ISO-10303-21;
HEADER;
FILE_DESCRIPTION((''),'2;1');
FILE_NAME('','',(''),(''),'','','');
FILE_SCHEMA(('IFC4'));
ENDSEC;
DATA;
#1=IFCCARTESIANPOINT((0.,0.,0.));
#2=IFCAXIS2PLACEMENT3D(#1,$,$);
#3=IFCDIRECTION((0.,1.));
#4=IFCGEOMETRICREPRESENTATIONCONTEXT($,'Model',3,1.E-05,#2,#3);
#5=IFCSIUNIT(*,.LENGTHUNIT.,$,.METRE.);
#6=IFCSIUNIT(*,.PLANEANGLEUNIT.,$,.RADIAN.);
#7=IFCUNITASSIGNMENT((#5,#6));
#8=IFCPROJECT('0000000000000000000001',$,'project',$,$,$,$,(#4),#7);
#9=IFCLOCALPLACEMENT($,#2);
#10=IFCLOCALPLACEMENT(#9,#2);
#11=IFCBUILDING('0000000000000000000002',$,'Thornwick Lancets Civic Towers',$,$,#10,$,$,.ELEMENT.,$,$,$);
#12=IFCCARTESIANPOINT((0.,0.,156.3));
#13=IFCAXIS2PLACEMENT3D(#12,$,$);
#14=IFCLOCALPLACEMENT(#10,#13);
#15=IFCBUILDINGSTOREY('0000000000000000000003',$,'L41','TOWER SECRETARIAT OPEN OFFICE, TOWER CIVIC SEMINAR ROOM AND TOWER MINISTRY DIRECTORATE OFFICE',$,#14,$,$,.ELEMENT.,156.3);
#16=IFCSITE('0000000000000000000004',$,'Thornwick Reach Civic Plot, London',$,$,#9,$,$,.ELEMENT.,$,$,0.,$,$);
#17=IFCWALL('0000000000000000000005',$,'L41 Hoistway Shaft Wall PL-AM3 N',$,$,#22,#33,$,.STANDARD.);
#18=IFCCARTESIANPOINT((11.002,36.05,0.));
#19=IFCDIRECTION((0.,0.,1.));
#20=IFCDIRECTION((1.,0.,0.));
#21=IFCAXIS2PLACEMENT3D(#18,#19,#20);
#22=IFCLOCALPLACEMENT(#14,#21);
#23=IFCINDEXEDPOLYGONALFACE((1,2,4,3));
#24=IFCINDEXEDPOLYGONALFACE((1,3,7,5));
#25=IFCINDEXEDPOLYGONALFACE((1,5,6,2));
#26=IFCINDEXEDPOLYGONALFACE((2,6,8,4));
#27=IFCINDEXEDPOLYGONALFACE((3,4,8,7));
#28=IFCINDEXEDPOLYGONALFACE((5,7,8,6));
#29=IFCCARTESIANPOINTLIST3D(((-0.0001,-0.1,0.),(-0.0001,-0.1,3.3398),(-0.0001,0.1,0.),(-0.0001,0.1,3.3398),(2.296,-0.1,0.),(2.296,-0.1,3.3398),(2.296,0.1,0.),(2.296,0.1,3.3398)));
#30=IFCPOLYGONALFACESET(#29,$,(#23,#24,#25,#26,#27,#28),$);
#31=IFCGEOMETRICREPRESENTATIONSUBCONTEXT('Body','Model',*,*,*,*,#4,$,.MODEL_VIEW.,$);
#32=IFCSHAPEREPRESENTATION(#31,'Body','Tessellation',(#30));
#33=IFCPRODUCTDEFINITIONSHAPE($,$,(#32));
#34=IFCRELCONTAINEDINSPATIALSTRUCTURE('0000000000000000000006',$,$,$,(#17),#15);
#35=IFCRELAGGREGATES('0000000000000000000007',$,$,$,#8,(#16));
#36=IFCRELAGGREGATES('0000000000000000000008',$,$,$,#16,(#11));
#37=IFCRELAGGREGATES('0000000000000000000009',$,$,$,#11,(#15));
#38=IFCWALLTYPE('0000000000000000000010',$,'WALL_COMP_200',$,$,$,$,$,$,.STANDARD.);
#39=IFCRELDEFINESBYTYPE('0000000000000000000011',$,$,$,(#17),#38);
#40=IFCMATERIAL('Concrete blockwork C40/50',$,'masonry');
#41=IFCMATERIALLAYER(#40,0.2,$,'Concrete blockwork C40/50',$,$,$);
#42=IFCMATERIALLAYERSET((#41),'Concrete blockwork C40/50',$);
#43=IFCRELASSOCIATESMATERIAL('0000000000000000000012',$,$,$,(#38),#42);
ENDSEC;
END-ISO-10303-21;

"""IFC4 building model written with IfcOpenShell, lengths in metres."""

from ifc_helpers import new_model, si_unit, direction, frame, frame_2d, origin, place, context, subcontext, project, spatial, rectangle, extrude, material, layer, layer_set, type_object, element, save


model = new_model("IFC4")

# Units and contexts
model_context = context("Model", 3, precision=1e-05, world=origin(), true_north=direction((0.0, 1.0)))
body_context = subcontext(model_context, "Body", "Model", "MODEL_VIEW")
ifc_project = project(units=[si_unit("LENGTHUNIT", "METRE"), si_unit("PLANEANGLEUNIT", "RADIAN")], contexts=[model_context])

# Site, building, storey
site_placement = place(None, origin())
site = spatial("IfcSite", under=ifc_project, at=site_placement, Name="Thornwick Reach Civic Plot, London", CompositionType="ELEMENT", RefElevation=0.0)
building_placement = place(site_placement, origin())
building = spatial("IfcBuilding", under=site, at=building_placement, Name="Thornwick Lancets Civic Towers", CompositionType="ELEMENT")
storey_placement = place(building_placement, frame((0.0, 0.0, 156.3)))
storey = spatial("IfcBuildingStorey", under=building, at=storey_placement, Name="L41", Description="TOWER SECRETARIAT OPEN OFFICE, TOWER CIVIC SEMINAR ROOM AND TOWER MINISTRY DIRECTORATE OFFICE", CompositionType="ELEMENT", Elevation=156.3)

# Shared definitions
ifc_material_1 = material(Name="Concrete blockwork C40/50", Category="masonry")
ifc_layer_1 = layer(ifc_material_1, 0.2, Name="Concrete blockwork C40/50")
ifc_layer_set_1 = layer_set([ifc_layer_1], Name="Concrete blockwork C40/50")
wall_type_1 = type_object("IfcWallType", Name="WALL_COMP_200", PredefinedType="STANDARD", material=ifc_layer_set_1)

# Wall
wall_1_placement = place(storey_placement, frame((11.002, 36.05, 0.0), z_axis=(0.0, 0.0, 1.0), x_axis=(1.0, 0.0, 0.0)))
element("IfcWall", 1, at=wall_1_placement, inside=storey, type_object=wall_type_1, Name="L41 Hoistway Shaft Wall PL-AM3 N", PredefinedType="STANDARD", context=body_context, shape_type="SweptSolid", body=[
    extrude(rectangle(XDim=2.2961, YDim=0.2, at=frame_2d((1.1479, 0.0))), origin(), (0.0, 0.0, 1.0), 3.3398),
])

save(model, "model.ifc")
